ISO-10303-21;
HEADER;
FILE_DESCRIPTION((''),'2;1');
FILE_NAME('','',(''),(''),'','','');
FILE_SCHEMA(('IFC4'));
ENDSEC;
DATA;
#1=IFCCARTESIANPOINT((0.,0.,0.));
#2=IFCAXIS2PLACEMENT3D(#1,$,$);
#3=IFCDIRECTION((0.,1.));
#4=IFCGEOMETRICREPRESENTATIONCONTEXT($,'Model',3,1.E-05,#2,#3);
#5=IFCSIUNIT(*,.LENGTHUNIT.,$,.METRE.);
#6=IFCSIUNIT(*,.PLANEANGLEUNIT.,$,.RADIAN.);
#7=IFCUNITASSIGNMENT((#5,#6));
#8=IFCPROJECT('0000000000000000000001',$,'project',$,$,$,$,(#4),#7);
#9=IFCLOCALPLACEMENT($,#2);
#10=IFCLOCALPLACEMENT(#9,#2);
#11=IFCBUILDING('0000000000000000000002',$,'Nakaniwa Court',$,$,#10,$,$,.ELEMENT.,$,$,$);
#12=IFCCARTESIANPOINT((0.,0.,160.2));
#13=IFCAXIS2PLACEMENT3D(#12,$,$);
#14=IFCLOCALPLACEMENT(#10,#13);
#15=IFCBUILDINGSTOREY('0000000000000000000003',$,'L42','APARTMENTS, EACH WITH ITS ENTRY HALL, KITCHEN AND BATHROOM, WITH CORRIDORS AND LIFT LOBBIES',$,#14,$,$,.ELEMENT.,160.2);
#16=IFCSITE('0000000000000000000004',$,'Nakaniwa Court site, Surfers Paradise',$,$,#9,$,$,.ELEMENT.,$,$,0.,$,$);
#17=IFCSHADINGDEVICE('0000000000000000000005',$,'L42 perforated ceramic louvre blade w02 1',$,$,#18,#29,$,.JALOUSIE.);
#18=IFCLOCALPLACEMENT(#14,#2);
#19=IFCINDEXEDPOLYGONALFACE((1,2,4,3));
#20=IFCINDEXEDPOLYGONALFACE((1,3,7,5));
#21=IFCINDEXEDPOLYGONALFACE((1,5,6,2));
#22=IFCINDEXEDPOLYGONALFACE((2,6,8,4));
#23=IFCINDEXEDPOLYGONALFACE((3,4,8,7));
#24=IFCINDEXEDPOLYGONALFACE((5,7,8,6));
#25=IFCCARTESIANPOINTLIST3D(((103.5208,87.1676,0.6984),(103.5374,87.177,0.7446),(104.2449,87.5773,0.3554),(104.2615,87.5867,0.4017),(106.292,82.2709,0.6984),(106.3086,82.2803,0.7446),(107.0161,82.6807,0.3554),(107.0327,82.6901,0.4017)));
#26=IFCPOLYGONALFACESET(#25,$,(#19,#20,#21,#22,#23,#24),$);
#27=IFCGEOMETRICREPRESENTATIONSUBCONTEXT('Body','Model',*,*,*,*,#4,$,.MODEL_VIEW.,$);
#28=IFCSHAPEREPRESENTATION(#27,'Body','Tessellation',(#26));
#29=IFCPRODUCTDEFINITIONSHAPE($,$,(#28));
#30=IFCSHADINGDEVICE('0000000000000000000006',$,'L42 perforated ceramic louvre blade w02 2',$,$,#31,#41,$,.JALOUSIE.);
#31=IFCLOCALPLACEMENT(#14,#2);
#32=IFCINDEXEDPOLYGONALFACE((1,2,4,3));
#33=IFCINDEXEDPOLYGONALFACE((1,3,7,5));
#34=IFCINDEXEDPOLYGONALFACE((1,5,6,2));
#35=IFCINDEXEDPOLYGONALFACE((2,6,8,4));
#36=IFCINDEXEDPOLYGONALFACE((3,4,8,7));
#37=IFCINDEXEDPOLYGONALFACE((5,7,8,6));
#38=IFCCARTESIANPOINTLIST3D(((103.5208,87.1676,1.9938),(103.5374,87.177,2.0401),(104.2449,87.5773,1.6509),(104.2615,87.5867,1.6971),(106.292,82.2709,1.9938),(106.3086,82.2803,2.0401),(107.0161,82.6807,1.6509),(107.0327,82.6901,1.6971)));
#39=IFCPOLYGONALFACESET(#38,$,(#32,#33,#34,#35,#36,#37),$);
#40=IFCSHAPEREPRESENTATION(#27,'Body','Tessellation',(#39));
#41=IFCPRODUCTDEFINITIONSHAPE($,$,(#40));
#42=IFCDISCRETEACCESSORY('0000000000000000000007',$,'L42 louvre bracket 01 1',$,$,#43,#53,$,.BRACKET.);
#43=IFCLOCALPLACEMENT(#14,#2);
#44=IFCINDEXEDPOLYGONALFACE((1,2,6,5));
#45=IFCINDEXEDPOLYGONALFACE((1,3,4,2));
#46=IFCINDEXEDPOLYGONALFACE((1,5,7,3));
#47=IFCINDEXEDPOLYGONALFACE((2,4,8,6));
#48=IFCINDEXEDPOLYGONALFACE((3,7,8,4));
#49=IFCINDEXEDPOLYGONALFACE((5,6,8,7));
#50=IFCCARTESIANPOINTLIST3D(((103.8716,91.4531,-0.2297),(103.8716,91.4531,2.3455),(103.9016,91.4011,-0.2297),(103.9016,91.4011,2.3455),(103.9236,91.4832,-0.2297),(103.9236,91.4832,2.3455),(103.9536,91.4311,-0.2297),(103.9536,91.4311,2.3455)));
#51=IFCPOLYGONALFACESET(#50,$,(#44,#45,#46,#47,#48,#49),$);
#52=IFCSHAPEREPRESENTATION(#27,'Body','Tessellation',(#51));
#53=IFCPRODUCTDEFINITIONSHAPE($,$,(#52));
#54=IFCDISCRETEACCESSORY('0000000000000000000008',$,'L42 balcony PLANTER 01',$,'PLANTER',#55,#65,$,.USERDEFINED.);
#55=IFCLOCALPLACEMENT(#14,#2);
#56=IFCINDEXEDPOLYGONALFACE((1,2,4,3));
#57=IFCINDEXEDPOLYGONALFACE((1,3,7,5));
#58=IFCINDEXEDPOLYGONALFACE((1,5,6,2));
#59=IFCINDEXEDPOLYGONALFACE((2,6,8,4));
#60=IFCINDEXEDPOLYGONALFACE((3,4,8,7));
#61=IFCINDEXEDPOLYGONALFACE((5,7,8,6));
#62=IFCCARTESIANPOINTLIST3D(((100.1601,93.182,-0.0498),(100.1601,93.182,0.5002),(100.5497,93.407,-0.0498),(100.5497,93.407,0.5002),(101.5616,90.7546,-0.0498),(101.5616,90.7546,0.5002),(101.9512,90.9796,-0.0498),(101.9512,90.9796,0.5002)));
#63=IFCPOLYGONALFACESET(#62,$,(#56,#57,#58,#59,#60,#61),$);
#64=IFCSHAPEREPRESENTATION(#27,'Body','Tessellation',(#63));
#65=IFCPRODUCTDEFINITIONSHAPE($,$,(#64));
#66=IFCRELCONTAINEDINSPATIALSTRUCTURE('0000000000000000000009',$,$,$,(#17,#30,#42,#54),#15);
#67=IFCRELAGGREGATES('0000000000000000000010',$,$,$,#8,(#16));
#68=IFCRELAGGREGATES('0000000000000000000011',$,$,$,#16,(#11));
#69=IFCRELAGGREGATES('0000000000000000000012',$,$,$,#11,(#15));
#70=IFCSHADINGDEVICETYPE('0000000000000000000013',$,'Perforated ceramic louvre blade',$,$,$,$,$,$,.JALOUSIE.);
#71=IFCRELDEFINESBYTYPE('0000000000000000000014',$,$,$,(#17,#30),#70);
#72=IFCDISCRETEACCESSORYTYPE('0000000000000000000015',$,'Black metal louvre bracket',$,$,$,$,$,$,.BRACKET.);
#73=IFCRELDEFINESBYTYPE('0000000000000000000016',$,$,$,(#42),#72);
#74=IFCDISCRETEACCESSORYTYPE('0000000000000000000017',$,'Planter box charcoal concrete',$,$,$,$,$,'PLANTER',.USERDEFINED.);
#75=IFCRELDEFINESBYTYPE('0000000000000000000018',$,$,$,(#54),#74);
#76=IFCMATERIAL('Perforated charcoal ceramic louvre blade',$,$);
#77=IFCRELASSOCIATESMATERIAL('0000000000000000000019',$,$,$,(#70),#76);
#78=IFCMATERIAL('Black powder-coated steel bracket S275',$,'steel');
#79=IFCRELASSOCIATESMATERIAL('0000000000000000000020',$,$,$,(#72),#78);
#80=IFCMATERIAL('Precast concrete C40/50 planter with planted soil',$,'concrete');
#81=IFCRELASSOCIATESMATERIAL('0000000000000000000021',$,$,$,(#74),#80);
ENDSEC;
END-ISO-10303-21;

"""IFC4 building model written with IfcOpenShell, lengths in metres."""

from ifc_helpers import new_model, si_unit, direction, frame, origin, origin_2d, place, context, subcontext, project, spatial, rectangle, extrude, material, material_profile, profile_set, type_object, element, save


model = new_model("IFC4")

# Units and contexts
model_context = context("Model", 3, precision=1e-05, world=origin(), true_north=direction((0.0, 1.0)))
body_context = subcontext(model_context, "Body", "Model", "MODEL_VIEW")
ifc_project = project(units=[si_unit("LENGTHUNIT", "METRE"), si_unit("PLANEANGLEUNIT", "RADIAN")], contexts=[model_context])

# Site, building, storey
site_placement = place(None, origin())
site = spatial("IfcSite", under=ifc_project, at=site_placement, Name="Nakaniwa Court site, Surfers Paradise", CompositionType="ELEMENT", RefElevation=0.0)
building_placement = place(site_placement, origin())
building = spatial("IfcBuilding", under=site, at=building_placement, Name="Nakaniwa Court", CompositionType="ELEMENT")
storey_placement = place(building_placement, frame((0.0, 0.0, 160.2)))
storey = spatial("IfcBuildingStorey", under=building, at=storey_placement, Name="L42", Description="APARTMENTS, EACH WITH ITS ENTRY HALL, KITCHEN AND BATHROOM, WITH CORRIDORS AND LIFT LOBBIES", CompositionType="ELEMENT", Elevation=160.2)

# Shading devices
ifc_material_1 = material(Name="Perforated charcoal ceramic louvre blade")
ifc_material_profile_1 = material_profile(ifc_material_1, rectangle(XDim=0.8999, YDim=0.05, at=origin_2d()), Name="Perforated ceramic louvre blade")
ifc_profile_set_1 = profile_set([ifc_material_profile_1], Name="Perforated charcoal ceramic louvre blade")
shading_device_type_1 = type_object("IfcShadingDeviceType", Name="Perforated ceramic louvre blade", PredefinedType="JALOUSIE", material=ifc_profile_set_1)
for number, where, z_axis, x_axis, name in (
    (1, (106.6624, 82.4805, 0.55), (-0.492532, 0.870294, 0.0), (-0.804627, -0.455368, 0.38107), "L42 perforated ceramic louvre blade w02 1"),
    (2, (106.6624, 82.4805, 1.8455), (-0.492532, 0.870294, 0.0), (-0.804627, -0.455368, 0.38107), "L42 perforated ceramic louvre blade w02 2"),
):
    element("IfcShadingDevice", number, at=place(storey_placement, frame(where, z_axis=z_axis, x_axis=x_axis)), inside=storey, type_object=shading_device_type_1, Name=name, PredefinedType="JALOUSIE", context=body_context, shape_type="SweptSolid", body=[
        extrude(rectangle(XDim=0.8999, YDim=0.05, at=origin_2d()), origin(), (0.0, 0.0, 1.0), 5.6265),
    ])

# Discrete accessories
ifc_material_2 = material(Name="Black powder-coated steel bracket S275", Category="steel")
discrete_accessory_type_1 = type_object("IfcDiscreteAccessoryType", Name="Black metal louvre bracket", PredefinedType="BRACKET", material=ifc_material_2)
discrete_accessory_1_placement = place(storey_placement, frame((103.9126, 91.4421, -0.2297), z_axis=(0.0, 0.0, 1.0), x_axis=(-0.500005, 0.866023, 0.0)))
element("IfcDiscreteAccessory", 3, at=discrete_accessory_1_placement, inside=storey, type_object=discrete_accessory_type_1, Name="L42 louvre bracket 01 1", PredefinedType="BRACKET", context=body_context, shape_type="SweptSolid", body=[
    extrude(rectangle(XDim=0.0601, YDim=0.0601, at=origin_2d()), origin(), (0.0, 0.0, 1.0), 2.5752),
])
ifc_material_3 = material(Name="Precast concrete C40/50 planter with planted soil", Category="concrete")
discrete_accessory_type_2 = type_object("IfcDiscreteAccessoryType", Name="Planter box charcoal concrete", ElementType="PLANTER", PredefinedType="USERDEFINED", material=ifc_material_3)
discrete_accessory_2_placement = place(storey_placement, frame((101.0557, 92.0808, -0.0498), z_axis=(0.0, 0.0, 1.0), x_axis=(-0.500005, 0.866023, 0.0)))
element("IfcDiscreteAccessory", 4, at=discrete_accessory_2_placement, inside=storey, type_object=discrete_accessory_type_2, Name="L42 balcony PLANTER 01", ObjectType="PLANTER", PredefinedType="USERDEFINED", context=body_context, shape_type="SweptSolid", body=[
    extrude(rectangle(XDim=2.803, YDim=0.45, at=origin_2d()), origin(), (0.0, 0.0, 1.0), 0.55),
])

save(model, "model.ifc")
